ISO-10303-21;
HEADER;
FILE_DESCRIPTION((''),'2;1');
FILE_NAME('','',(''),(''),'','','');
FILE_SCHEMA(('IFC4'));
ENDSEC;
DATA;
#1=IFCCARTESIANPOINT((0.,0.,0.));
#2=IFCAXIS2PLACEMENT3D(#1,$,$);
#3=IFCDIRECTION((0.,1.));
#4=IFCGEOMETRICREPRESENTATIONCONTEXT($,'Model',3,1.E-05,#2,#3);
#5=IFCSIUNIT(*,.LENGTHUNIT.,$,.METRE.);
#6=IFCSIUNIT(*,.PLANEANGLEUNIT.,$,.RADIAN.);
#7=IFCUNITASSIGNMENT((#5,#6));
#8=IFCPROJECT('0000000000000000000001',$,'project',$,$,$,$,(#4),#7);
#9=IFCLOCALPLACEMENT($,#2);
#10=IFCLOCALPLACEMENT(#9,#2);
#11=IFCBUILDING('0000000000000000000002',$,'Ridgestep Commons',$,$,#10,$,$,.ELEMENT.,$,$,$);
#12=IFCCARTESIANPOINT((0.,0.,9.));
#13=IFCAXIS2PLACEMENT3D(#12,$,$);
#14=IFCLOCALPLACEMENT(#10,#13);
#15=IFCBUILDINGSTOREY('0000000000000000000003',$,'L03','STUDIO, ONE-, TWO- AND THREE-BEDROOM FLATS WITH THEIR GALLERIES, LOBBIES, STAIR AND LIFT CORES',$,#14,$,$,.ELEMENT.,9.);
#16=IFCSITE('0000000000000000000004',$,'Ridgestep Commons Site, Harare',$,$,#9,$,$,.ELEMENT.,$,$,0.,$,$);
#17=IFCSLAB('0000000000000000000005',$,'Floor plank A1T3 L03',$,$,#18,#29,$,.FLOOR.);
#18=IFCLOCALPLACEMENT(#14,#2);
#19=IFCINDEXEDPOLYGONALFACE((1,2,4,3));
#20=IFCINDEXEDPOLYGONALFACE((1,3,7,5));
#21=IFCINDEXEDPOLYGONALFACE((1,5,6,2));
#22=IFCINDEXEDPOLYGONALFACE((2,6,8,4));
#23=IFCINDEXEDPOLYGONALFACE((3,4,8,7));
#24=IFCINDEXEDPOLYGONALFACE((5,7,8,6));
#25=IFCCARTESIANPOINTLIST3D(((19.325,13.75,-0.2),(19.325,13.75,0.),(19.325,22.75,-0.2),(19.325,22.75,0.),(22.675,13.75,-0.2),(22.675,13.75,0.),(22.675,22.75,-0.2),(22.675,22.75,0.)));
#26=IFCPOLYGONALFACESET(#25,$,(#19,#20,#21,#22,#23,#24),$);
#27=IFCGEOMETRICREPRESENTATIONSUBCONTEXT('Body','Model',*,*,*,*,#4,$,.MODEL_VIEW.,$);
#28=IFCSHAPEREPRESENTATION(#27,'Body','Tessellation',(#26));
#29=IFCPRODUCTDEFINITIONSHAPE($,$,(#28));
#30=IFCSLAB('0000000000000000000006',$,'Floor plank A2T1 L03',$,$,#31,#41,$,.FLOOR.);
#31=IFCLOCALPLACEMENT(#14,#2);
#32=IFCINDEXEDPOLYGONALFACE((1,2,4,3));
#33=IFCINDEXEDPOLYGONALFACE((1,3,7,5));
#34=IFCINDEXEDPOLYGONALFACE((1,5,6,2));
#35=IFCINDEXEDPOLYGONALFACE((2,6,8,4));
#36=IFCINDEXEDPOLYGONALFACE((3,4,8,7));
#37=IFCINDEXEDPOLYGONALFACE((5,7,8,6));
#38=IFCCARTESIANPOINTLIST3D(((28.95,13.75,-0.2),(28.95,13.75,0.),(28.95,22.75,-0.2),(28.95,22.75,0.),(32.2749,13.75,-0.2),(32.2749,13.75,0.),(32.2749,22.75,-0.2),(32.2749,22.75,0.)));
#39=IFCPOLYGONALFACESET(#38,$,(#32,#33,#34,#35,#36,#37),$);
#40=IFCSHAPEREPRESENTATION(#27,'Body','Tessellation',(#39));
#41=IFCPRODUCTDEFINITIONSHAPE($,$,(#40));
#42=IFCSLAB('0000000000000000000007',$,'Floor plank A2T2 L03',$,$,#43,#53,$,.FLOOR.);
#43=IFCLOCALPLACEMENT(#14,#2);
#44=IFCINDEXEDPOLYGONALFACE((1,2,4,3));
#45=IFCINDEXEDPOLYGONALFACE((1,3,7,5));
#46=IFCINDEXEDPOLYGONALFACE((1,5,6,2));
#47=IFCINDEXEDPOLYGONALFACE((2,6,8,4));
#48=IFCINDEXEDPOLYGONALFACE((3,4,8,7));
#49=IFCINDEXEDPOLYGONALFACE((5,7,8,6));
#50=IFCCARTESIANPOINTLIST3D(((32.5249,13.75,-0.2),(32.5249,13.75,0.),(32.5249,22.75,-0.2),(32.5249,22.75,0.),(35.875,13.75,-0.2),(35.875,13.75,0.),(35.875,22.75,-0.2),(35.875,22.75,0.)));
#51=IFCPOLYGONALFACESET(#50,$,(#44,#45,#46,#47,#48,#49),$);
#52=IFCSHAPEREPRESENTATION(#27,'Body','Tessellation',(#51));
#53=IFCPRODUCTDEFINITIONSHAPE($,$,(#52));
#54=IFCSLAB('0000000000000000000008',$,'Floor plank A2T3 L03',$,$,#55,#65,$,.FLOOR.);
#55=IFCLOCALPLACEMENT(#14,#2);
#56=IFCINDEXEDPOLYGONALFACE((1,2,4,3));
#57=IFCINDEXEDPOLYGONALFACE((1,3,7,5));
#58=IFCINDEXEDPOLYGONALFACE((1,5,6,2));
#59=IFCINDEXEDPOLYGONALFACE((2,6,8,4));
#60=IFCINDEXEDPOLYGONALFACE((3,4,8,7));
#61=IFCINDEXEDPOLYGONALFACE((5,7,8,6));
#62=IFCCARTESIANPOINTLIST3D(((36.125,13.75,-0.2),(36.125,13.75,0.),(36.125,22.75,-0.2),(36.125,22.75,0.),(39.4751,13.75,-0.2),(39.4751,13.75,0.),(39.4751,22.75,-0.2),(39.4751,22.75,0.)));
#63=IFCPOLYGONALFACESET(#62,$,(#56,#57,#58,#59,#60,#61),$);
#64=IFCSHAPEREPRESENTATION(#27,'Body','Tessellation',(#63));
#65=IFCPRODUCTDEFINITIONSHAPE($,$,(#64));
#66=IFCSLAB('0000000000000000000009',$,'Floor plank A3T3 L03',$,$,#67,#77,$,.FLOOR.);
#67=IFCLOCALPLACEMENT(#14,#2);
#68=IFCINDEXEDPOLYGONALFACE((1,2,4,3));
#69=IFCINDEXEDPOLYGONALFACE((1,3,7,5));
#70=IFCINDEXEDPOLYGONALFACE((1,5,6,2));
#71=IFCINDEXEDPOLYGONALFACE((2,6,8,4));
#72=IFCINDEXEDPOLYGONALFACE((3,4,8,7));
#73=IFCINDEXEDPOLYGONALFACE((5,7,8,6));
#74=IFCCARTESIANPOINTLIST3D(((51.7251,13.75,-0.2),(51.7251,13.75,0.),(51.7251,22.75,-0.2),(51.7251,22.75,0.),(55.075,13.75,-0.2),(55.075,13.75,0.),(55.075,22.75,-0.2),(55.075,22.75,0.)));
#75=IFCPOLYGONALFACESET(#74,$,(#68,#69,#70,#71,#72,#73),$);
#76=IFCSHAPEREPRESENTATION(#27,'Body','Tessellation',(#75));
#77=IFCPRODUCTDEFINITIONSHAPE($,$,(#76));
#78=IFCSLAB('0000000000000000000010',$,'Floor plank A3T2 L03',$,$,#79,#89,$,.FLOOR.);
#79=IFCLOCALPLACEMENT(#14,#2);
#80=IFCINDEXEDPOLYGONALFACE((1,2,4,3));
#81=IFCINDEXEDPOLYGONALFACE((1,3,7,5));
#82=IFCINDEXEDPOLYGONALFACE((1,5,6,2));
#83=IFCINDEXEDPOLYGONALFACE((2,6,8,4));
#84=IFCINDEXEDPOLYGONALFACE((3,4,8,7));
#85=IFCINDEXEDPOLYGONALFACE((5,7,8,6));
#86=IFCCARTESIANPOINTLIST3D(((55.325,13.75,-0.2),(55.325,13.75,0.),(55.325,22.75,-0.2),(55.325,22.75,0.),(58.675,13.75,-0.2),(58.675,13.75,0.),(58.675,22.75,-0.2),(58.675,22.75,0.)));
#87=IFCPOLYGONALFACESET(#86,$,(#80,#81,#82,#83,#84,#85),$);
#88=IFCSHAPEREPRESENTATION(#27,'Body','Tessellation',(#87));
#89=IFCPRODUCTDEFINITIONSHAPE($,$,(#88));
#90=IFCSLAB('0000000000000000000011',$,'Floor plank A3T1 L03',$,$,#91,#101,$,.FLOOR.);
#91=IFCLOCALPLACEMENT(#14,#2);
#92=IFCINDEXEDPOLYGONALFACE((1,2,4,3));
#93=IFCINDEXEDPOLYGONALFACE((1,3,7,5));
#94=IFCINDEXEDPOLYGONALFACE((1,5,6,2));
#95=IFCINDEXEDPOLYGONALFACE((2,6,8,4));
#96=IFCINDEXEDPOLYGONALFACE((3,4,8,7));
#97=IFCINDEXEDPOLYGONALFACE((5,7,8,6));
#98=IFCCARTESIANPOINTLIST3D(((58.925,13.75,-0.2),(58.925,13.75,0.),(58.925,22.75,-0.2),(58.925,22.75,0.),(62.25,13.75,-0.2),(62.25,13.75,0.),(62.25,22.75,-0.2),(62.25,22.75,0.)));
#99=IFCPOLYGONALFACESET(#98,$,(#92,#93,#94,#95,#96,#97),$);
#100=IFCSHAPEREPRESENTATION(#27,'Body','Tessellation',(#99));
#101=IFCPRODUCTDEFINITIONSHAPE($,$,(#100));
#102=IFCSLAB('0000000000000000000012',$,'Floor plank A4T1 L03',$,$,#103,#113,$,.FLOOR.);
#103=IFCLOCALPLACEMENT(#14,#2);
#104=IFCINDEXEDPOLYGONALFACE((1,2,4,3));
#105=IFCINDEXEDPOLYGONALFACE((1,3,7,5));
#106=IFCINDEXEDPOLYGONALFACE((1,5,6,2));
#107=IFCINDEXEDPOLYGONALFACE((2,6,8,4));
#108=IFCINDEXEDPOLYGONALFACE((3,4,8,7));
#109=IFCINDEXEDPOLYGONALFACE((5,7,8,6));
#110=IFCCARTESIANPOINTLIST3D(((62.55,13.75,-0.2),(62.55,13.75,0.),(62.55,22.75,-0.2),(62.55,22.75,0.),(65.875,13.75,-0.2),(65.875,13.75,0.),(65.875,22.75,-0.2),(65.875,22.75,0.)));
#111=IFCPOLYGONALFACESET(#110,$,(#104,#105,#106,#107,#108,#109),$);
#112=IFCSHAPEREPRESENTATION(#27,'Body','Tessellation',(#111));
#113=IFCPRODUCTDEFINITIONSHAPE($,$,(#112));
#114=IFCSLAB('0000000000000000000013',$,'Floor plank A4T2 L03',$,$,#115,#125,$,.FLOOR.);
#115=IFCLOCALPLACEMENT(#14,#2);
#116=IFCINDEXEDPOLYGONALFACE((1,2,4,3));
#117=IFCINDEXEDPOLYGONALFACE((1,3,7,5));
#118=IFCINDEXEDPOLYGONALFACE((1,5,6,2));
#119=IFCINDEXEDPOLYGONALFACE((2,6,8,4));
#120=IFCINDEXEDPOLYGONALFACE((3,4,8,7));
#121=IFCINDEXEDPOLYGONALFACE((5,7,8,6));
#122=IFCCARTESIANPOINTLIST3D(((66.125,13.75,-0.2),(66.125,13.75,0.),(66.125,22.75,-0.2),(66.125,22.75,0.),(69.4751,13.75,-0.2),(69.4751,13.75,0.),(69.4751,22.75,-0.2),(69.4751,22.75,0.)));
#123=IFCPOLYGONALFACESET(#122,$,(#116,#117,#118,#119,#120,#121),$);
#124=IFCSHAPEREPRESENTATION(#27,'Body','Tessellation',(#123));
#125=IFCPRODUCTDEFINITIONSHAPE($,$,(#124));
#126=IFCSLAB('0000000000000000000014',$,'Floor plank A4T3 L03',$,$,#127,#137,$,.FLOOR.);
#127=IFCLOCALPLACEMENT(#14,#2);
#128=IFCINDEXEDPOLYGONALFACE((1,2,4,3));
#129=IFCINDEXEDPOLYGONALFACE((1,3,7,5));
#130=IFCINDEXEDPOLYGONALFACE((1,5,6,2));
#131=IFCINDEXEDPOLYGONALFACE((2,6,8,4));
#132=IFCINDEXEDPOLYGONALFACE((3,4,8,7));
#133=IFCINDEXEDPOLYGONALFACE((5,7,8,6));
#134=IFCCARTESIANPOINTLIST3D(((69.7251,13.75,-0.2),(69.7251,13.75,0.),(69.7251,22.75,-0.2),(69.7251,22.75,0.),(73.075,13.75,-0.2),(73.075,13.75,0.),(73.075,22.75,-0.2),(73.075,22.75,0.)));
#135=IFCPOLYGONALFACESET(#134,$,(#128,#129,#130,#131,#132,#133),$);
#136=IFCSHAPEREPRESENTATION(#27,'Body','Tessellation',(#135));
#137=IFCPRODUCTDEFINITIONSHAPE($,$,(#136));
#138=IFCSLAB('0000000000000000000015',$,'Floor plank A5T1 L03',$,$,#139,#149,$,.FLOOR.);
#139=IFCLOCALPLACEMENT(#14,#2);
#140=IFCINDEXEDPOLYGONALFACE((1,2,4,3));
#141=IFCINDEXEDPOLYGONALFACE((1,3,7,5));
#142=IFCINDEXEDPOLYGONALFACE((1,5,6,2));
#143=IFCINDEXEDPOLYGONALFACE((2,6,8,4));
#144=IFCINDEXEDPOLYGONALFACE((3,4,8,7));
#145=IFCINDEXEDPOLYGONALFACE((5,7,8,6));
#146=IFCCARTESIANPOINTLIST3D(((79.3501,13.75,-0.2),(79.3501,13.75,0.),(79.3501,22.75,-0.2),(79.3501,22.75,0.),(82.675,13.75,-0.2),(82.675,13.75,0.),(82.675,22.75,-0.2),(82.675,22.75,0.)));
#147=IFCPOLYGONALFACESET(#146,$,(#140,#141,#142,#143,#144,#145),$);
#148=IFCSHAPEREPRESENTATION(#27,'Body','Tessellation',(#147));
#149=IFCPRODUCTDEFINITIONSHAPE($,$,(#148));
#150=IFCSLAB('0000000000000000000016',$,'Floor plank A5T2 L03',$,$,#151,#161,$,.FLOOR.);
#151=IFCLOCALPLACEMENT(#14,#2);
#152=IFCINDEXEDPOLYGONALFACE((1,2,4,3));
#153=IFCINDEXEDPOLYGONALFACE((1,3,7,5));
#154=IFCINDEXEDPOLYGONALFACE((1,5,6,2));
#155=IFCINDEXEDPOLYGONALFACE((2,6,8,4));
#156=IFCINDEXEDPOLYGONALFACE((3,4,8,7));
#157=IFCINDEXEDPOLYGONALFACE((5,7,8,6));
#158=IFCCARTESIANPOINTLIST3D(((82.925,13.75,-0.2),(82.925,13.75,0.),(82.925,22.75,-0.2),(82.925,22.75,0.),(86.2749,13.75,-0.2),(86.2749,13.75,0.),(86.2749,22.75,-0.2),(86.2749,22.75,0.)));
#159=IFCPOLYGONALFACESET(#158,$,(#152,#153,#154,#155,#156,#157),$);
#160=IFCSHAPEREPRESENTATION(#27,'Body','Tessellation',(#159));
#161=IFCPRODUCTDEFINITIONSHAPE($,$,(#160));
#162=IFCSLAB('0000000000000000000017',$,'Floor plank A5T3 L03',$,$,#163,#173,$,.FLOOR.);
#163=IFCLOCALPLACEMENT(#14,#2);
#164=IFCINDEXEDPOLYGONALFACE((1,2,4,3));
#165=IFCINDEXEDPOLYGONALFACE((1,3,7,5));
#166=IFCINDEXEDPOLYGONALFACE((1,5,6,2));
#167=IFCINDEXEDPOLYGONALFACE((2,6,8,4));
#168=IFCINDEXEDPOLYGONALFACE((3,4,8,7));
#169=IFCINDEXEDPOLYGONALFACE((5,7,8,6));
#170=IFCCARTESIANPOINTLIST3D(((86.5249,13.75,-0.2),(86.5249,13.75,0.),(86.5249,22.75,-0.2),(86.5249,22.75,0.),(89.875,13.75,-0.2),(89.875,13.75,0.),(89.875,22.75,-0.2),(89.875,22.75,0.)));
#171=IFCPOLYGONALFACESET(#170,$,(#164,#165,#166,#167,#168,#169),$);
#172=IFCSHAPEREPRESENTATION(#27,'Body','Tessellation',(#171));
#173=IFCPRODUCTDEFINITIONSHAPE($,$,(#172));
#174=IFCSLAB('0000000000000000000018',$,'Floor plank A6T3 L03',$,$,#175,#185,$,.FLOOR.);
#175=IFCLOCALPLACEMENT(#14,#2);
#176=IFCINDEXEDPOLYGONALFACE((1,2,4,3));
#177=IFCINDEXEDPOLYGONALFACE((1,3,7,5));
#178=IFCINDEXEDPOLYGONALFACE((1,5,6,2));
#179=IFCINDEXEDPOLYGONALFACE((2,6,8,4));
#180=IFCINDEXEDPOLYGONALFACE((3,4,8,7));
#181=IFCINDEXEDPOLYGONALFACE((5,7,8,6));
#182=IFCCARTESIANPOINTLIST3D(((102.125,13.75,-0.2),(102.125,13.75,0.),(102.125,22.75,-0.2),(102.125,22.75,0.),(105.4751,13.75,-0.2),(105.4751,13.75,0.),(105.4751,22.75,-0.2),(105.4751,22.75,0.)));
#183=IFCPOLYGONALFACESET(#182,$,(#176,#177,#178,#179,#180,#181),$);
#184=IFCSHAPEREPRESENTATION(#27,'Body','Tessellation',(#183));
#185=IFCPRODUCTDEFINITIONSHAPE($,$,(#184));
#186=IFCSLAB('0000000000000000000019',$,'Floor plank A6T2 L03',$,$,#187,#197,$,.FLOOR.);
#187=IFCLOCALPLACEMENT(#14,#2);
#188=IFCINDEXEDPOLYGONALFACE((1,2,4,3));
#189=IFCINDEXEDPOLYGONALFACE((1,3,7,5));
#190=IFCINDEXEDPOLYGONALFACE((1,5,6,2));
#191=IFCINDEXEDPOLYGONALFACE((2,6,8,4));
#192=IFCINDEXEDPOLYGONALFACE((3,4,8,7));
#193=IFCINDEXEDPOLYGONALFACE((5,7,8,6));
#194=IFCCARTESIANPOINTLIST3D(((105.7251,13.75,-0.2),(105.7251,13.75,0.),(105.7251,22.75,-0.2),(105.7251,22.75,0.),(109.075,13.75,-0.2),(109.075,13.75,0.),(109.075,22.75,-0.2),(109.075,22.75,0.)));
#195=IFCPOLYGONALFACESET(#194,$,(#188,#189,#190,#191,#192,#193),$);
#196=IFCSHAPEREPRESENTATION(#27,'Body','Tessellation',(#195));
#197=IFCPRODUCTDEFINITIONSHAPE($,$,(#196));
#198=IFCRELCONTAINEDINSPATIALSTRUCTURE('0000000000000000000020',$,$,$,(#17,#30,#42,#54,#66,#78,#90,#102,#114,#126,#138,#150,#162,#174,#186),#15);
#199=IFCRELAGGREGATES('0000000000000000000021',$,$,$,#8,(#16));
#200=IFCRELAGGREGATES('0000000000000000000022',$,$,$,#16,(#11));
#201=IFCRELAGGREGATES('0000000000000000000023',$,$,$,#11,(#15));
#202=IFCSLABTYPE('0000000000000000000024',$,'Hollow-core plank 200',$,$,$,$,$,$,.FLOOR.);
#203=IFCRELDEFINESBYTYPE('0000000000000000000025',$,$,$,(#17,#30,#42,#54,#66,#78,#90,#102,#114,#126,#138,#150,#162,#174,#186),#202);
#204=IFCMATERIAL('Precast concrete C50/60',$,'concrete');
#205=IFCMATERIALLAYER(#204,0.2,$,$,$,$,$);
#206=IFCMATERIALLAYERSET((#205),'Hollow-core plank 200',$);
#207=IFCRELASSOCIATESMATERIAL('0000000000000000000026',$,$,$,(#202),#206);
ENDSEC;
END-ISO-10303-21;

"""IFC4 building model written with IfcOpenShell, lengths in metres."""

from ifc_helpers import new_model, si_unit, direction, frame, origin, place, context, subcontext, project, spatial, polyline, outline, extrude, material, layer, layer_set, type_object, element, save


model = new_model("IFC4")

# Units and contexts
model_context = context("Model", 3, precision=1e-05, world=origin(), true_north=direction((0.0, 1.0)))
body_context = subcontext(model_context, "Body", "Model", "MODEL_VIEW")
ifc_project = project(units=[si_unit("LENGTHUNIT", "METRE"), si_unit("PLANEANGLEUNIT", "RADIAN")], contexts=[model_context])

# Site, building, storey
site_placement = place(None, origin())
site = spatial("IfcSite", under=ifc_project, at=site_placement, Name="Ridgestep Commons Site, Harare", CompositionType="ELEMENT", RefElevation=0.0)
building_placement = place(site_placement, origin())
building = spatial("IfcBuilding", under=site, at=building_placement, Name="Ridgestep Commons", CompositionType="ELEMENT")
storey_placement = place(building_placement, frame((0.0, 0.0, 9.0)))
storey = spatial("IfcBuildingStorey", under=building, at=storey_placement, Name="L03", Description="STUDIO, ONE-, TWO- AND THREE-BEDROOM FLATS WITH THEIR GALLERIES, LOBBIES, STAIR AND LIFT CORES", CompositionType="ELEMENT", Elevation=9.0)

# Slabs
ifc_material_1 = material(Name="Precast concrete C50/60", Category="concrete")
ifc_layer_1 = layer(ifc_material_1, 0.2)
ifc_layer_set_1 = layer_set([ifc_layer_1], Name="Hollow-core plank 200")
slab_type_1 = type_object("IfcSlabType", Name="Hollow-core plank 200", PredefinedType="FLOOR", material=ifc_layer_set_1)
slab_1_placement = place(storey_placement, frame((0.0, 0.0, -0.2)))
element("IfcSlab", 1, at=slab_1_placement, inside=storey, type_object=slab_type_1, Name="Floor plank A1T3 L03", PredefinedType="FLOOR", context=body_context, shape_type="SweptSolid", body=[
    extrude(outline(polyline([(22.675, 13.75), (22.675, 22.75), (19.325, 22.75), (19.325, 13.75), (22.675, 13.75)])), origin(), (0.0, 0.0, 1.0), 0.2),
])
slab_2_placement = place(storey_placement, frame((0.0, 0.0, -0.2)))
element("IfcSlab", 2, at=slab_2_placement, inside=storey, type_object=slab_type_1, Name="Floor plank A2T1 L03", PredefinedType="FLOOR", context=body_context, shape_type="SweptSolid", body=[
    extrude(outline(polyline([(32.2749, 13.75), (32.2749, 22.75), (28.95, 22.75), (28.95, 13.75), (32.2749, 13.75)])), origin(), (0.0, 0.0, 1.0), 0.2),
])
slab_3_placement = place(storey_placement, frame((0.0, 0.0, -0.2)))
element("IfcSlab", 3, at=slab_3_placement, inside=storey, type_object=slab_type_1, Name="Floor plank A2T2 L03", PredefinedType="FLOOR", context=body_context, shape_type="SweptSolid", body=[
    extrude(outline(polyline([(35.875, 13.75), (35.875, 22.75), (32.5249, 22.75), (32.5249, 13.75), (35.875, 13.75)])), origin(), (0.0, 0.0, 1.0), 0.2),
])
slab_4_placement = place(storey_placement, frame((0.0, 0.0, -0.2)))
element("IfcSlab", 4, at=slab_4_placement, inside=storey, type_object=slab_type_1, Name="Floor plank A2T3 L03", PredefinedType="FLOOR", context=body_context, shape_type="SweptSolid", body=[
    extrude(outline(polyline([(39.4751, 13.75), (39.4751, 22.75), (36.125, 22.75), (36.125, 13.75), (39.4751, 13.75)])), origin(), (0.0, 0.0, 1.0), 0.2),
])
slab_5_placement = place(storey_placement, frame((0.0, 0.0, -0.2)))
element("IfcSlab", 5, at=slab_5_placement, inside=storey, type_object=slab_type_1, Name="Floor plank A3T3 L03", PredefinedType="FLOOR", context=body_context, shape_type="SweptSolid", body=[
    extrude(outline(polyline([(55.075, 13.75), (55.075, 22.75), (51.7251, 22.75), (51.7251, 13.75), (55.075, 13.75)])), origin(), (0.0, 0.0, 1.0), 0.2),
])
slab_6_placement = place(storey_placement, frame((0.0, 0.0, -0.2)))
element("IfcSlab", 6, at=slab_6_placement, inside=storey, type_object=slab_type_1, Name="Floor plank A3T2 L03", PredefinedType="FLOOR", context=body_context, shape_type="SweptSolid", body=[
    extrude(outline(polyline([(58.675, 13.75), (58.675, 22.75), (55.325, 22.75), (55.325, 13.75), (58.675, 13.75)])), origin(), (0.0, 0.0, 1.0), 0.2),
])
slab_7_placement = place(storey_placement, frame((0.0, 0.0, -0.2)))
element("IfcSlab", 7, at=slab_7_placement, inside=storey, type_object=slab_type_1, Name="Floor plank A3T1 L03", PredefinedType="FLOOR", context=body_context, shape_type="SweptSolid", body=[
    extrude(outline(polyline([(62.25, 13.75), (62.25, 22.75), (58.925, 22.75), (58.925, 13.75), (62.25, 13.75)])), origin(), (0.0, 0.0, 1.0), 0.2),
])
slab_8_placement = place(storey_placement, frame((0.0, 0.0, -0.2)))
element("IfcSlab", 8, at=slab_8_placement, inside=storey, type_object=slab_type_1, Name="Floor plank A4T1 L03", PredefinedType="FLOOR", context=body_context, shape_type="SweptSolid", body=[
    extrude(outline(polyline([(65.875, 13.75), (65.875, 22.75), (62.55, 22.75), (62.55, 13.75), (65.875, 13.75)])), origin(), (0.0, 0.0, 1.0), 0.2),
])
slab_9_placement = place(storey_placement, frame((0.0, 0.0, -0.2)))
element("IfcSlab", 9, at=slab_9_placement, inside=storey, type_object=slab_type_1, Name="Floor plank A4T2 L03", PredefinedType="FLOOR", context=body_context, shape_type="SweptSolid", body=[
    extrude(outline(polyline([(69.4751, 13.75), (69.4751, 22.75), (66.125, 22.75), (66.125, 13.75), (69.4751, 13.75)])), origin(), (0.0, 0.0, 1.0), 0.2),
])
slab_10_placement = place(storey_placement, frame((0.0, 0.0, -0.2)))
element("IfcSlab", 10, at=slab_10_placement, inside=storey, type_object=slab_type_1, Name="Floor plank A4T3 L03", PredefinedType="FLOOR", context=body_context, shape_type="SweptSolid", body=[
    extrude(outline(polyline([(73.075, 13.75), (73.075, 22.75), (69.7251, 22.75), (69.7251, 13.75), (73.075, 13.75)])), origin(), (0.0, 0.0, 1.0), 0.2),
])
slab_11_placement = place(storey_placement, frame((0.0, 0.0, -0.2)))
element("IfcSlab", 11, at=slab_11_placement, inside=storey, type_object=slab_type_1, Name="Floor plank A5T1 L03", PredefinedType="FLOOR", context=body_context, shape_type="SweptSolid", body=[
    extrude(outline(polyline([(82.675, 13.75), (82.675, 22.75), (79.3501, 22.75), (79.3501, 13.75), (82.675, 13.75)])), origin(), (0.0, 0.0, 1.0), 0.2),
])
slab_12_placement = place(storey_placement, frame((0.0, 0.0, -0.2)))
element("IfcSlab", 12, at=slab_12_placement, inside=storey, type_object=slab_type_1, Name="Floor plank A5T2 L03", PredefinedType="FLOOR", context=body_context, shape_type="SweptSolid", body=[
    extrude(outline(polyline([(86.2749, 13.75), (86.2749, 22.75), (82.925, 22.75), (82.925, 13.75), (86.2749, 13.75)])), origin(), (0.0, 0.0, 1.0), 0.2),
])
slab_13_placement = place(storey_placement, frame((0.0, 0.0, -0.2)))
element("IfcSlab", 13, at=slab_13_placement, inside=storey, type_object=slab_type_1, Name="Floor plank A5T3 L03", PredefinedType="FLOOR", context=body_context, shape_type="SweptSolid", body=[
    extrude(outline(polyline([(89.875, 13.75), (89.875, 22.75), (86.5249, 22.75), (86.5249, 13.75), (89.875, 13.75)])), origin(), (0.0, 0.0, 1.0), 0.2),
])
slab_14_placement = place(storey_placement, frame((0.0, 0.0, -0.2)))
element("IfcSlab", 14, at=slab_14_placement, inside=storey, type_object=slab_type_1, Name="Floor plank A6T3 L03", PredefinedType="FLOOR", context=body_context, shape_type="SweptSolid", body=[
    extrude(outline(polyline([(105.4751, 13.75), (105.4751, 22.75), (102.125, 22.75), (102.125, 13.75), (105.4751, 13.75)])), origin(), (0.0, 0.0, 1.0), 0.2),
])
slab_15_placement = place(storey_placement, frame((0.0, 0.0, -0.2)))
element("IfcSlab", 15, at=slab_15_placement, inside=storey, type_object=slab_type_1, Name="Floor plank A6T2 L03", PredefinedType="FLOOR", context=body_context, shape_type="SweptSolid", body=[
    extrude(outline(polyline([(109.075, 13.75), (109.075, 22.75), (105.7251, 22.75), (105.7251, 13.75), (109.075, 13.75)])), origin(), (0.0, 0.0, 1.0), 0.2),
])

save(model, "model.ifc")
